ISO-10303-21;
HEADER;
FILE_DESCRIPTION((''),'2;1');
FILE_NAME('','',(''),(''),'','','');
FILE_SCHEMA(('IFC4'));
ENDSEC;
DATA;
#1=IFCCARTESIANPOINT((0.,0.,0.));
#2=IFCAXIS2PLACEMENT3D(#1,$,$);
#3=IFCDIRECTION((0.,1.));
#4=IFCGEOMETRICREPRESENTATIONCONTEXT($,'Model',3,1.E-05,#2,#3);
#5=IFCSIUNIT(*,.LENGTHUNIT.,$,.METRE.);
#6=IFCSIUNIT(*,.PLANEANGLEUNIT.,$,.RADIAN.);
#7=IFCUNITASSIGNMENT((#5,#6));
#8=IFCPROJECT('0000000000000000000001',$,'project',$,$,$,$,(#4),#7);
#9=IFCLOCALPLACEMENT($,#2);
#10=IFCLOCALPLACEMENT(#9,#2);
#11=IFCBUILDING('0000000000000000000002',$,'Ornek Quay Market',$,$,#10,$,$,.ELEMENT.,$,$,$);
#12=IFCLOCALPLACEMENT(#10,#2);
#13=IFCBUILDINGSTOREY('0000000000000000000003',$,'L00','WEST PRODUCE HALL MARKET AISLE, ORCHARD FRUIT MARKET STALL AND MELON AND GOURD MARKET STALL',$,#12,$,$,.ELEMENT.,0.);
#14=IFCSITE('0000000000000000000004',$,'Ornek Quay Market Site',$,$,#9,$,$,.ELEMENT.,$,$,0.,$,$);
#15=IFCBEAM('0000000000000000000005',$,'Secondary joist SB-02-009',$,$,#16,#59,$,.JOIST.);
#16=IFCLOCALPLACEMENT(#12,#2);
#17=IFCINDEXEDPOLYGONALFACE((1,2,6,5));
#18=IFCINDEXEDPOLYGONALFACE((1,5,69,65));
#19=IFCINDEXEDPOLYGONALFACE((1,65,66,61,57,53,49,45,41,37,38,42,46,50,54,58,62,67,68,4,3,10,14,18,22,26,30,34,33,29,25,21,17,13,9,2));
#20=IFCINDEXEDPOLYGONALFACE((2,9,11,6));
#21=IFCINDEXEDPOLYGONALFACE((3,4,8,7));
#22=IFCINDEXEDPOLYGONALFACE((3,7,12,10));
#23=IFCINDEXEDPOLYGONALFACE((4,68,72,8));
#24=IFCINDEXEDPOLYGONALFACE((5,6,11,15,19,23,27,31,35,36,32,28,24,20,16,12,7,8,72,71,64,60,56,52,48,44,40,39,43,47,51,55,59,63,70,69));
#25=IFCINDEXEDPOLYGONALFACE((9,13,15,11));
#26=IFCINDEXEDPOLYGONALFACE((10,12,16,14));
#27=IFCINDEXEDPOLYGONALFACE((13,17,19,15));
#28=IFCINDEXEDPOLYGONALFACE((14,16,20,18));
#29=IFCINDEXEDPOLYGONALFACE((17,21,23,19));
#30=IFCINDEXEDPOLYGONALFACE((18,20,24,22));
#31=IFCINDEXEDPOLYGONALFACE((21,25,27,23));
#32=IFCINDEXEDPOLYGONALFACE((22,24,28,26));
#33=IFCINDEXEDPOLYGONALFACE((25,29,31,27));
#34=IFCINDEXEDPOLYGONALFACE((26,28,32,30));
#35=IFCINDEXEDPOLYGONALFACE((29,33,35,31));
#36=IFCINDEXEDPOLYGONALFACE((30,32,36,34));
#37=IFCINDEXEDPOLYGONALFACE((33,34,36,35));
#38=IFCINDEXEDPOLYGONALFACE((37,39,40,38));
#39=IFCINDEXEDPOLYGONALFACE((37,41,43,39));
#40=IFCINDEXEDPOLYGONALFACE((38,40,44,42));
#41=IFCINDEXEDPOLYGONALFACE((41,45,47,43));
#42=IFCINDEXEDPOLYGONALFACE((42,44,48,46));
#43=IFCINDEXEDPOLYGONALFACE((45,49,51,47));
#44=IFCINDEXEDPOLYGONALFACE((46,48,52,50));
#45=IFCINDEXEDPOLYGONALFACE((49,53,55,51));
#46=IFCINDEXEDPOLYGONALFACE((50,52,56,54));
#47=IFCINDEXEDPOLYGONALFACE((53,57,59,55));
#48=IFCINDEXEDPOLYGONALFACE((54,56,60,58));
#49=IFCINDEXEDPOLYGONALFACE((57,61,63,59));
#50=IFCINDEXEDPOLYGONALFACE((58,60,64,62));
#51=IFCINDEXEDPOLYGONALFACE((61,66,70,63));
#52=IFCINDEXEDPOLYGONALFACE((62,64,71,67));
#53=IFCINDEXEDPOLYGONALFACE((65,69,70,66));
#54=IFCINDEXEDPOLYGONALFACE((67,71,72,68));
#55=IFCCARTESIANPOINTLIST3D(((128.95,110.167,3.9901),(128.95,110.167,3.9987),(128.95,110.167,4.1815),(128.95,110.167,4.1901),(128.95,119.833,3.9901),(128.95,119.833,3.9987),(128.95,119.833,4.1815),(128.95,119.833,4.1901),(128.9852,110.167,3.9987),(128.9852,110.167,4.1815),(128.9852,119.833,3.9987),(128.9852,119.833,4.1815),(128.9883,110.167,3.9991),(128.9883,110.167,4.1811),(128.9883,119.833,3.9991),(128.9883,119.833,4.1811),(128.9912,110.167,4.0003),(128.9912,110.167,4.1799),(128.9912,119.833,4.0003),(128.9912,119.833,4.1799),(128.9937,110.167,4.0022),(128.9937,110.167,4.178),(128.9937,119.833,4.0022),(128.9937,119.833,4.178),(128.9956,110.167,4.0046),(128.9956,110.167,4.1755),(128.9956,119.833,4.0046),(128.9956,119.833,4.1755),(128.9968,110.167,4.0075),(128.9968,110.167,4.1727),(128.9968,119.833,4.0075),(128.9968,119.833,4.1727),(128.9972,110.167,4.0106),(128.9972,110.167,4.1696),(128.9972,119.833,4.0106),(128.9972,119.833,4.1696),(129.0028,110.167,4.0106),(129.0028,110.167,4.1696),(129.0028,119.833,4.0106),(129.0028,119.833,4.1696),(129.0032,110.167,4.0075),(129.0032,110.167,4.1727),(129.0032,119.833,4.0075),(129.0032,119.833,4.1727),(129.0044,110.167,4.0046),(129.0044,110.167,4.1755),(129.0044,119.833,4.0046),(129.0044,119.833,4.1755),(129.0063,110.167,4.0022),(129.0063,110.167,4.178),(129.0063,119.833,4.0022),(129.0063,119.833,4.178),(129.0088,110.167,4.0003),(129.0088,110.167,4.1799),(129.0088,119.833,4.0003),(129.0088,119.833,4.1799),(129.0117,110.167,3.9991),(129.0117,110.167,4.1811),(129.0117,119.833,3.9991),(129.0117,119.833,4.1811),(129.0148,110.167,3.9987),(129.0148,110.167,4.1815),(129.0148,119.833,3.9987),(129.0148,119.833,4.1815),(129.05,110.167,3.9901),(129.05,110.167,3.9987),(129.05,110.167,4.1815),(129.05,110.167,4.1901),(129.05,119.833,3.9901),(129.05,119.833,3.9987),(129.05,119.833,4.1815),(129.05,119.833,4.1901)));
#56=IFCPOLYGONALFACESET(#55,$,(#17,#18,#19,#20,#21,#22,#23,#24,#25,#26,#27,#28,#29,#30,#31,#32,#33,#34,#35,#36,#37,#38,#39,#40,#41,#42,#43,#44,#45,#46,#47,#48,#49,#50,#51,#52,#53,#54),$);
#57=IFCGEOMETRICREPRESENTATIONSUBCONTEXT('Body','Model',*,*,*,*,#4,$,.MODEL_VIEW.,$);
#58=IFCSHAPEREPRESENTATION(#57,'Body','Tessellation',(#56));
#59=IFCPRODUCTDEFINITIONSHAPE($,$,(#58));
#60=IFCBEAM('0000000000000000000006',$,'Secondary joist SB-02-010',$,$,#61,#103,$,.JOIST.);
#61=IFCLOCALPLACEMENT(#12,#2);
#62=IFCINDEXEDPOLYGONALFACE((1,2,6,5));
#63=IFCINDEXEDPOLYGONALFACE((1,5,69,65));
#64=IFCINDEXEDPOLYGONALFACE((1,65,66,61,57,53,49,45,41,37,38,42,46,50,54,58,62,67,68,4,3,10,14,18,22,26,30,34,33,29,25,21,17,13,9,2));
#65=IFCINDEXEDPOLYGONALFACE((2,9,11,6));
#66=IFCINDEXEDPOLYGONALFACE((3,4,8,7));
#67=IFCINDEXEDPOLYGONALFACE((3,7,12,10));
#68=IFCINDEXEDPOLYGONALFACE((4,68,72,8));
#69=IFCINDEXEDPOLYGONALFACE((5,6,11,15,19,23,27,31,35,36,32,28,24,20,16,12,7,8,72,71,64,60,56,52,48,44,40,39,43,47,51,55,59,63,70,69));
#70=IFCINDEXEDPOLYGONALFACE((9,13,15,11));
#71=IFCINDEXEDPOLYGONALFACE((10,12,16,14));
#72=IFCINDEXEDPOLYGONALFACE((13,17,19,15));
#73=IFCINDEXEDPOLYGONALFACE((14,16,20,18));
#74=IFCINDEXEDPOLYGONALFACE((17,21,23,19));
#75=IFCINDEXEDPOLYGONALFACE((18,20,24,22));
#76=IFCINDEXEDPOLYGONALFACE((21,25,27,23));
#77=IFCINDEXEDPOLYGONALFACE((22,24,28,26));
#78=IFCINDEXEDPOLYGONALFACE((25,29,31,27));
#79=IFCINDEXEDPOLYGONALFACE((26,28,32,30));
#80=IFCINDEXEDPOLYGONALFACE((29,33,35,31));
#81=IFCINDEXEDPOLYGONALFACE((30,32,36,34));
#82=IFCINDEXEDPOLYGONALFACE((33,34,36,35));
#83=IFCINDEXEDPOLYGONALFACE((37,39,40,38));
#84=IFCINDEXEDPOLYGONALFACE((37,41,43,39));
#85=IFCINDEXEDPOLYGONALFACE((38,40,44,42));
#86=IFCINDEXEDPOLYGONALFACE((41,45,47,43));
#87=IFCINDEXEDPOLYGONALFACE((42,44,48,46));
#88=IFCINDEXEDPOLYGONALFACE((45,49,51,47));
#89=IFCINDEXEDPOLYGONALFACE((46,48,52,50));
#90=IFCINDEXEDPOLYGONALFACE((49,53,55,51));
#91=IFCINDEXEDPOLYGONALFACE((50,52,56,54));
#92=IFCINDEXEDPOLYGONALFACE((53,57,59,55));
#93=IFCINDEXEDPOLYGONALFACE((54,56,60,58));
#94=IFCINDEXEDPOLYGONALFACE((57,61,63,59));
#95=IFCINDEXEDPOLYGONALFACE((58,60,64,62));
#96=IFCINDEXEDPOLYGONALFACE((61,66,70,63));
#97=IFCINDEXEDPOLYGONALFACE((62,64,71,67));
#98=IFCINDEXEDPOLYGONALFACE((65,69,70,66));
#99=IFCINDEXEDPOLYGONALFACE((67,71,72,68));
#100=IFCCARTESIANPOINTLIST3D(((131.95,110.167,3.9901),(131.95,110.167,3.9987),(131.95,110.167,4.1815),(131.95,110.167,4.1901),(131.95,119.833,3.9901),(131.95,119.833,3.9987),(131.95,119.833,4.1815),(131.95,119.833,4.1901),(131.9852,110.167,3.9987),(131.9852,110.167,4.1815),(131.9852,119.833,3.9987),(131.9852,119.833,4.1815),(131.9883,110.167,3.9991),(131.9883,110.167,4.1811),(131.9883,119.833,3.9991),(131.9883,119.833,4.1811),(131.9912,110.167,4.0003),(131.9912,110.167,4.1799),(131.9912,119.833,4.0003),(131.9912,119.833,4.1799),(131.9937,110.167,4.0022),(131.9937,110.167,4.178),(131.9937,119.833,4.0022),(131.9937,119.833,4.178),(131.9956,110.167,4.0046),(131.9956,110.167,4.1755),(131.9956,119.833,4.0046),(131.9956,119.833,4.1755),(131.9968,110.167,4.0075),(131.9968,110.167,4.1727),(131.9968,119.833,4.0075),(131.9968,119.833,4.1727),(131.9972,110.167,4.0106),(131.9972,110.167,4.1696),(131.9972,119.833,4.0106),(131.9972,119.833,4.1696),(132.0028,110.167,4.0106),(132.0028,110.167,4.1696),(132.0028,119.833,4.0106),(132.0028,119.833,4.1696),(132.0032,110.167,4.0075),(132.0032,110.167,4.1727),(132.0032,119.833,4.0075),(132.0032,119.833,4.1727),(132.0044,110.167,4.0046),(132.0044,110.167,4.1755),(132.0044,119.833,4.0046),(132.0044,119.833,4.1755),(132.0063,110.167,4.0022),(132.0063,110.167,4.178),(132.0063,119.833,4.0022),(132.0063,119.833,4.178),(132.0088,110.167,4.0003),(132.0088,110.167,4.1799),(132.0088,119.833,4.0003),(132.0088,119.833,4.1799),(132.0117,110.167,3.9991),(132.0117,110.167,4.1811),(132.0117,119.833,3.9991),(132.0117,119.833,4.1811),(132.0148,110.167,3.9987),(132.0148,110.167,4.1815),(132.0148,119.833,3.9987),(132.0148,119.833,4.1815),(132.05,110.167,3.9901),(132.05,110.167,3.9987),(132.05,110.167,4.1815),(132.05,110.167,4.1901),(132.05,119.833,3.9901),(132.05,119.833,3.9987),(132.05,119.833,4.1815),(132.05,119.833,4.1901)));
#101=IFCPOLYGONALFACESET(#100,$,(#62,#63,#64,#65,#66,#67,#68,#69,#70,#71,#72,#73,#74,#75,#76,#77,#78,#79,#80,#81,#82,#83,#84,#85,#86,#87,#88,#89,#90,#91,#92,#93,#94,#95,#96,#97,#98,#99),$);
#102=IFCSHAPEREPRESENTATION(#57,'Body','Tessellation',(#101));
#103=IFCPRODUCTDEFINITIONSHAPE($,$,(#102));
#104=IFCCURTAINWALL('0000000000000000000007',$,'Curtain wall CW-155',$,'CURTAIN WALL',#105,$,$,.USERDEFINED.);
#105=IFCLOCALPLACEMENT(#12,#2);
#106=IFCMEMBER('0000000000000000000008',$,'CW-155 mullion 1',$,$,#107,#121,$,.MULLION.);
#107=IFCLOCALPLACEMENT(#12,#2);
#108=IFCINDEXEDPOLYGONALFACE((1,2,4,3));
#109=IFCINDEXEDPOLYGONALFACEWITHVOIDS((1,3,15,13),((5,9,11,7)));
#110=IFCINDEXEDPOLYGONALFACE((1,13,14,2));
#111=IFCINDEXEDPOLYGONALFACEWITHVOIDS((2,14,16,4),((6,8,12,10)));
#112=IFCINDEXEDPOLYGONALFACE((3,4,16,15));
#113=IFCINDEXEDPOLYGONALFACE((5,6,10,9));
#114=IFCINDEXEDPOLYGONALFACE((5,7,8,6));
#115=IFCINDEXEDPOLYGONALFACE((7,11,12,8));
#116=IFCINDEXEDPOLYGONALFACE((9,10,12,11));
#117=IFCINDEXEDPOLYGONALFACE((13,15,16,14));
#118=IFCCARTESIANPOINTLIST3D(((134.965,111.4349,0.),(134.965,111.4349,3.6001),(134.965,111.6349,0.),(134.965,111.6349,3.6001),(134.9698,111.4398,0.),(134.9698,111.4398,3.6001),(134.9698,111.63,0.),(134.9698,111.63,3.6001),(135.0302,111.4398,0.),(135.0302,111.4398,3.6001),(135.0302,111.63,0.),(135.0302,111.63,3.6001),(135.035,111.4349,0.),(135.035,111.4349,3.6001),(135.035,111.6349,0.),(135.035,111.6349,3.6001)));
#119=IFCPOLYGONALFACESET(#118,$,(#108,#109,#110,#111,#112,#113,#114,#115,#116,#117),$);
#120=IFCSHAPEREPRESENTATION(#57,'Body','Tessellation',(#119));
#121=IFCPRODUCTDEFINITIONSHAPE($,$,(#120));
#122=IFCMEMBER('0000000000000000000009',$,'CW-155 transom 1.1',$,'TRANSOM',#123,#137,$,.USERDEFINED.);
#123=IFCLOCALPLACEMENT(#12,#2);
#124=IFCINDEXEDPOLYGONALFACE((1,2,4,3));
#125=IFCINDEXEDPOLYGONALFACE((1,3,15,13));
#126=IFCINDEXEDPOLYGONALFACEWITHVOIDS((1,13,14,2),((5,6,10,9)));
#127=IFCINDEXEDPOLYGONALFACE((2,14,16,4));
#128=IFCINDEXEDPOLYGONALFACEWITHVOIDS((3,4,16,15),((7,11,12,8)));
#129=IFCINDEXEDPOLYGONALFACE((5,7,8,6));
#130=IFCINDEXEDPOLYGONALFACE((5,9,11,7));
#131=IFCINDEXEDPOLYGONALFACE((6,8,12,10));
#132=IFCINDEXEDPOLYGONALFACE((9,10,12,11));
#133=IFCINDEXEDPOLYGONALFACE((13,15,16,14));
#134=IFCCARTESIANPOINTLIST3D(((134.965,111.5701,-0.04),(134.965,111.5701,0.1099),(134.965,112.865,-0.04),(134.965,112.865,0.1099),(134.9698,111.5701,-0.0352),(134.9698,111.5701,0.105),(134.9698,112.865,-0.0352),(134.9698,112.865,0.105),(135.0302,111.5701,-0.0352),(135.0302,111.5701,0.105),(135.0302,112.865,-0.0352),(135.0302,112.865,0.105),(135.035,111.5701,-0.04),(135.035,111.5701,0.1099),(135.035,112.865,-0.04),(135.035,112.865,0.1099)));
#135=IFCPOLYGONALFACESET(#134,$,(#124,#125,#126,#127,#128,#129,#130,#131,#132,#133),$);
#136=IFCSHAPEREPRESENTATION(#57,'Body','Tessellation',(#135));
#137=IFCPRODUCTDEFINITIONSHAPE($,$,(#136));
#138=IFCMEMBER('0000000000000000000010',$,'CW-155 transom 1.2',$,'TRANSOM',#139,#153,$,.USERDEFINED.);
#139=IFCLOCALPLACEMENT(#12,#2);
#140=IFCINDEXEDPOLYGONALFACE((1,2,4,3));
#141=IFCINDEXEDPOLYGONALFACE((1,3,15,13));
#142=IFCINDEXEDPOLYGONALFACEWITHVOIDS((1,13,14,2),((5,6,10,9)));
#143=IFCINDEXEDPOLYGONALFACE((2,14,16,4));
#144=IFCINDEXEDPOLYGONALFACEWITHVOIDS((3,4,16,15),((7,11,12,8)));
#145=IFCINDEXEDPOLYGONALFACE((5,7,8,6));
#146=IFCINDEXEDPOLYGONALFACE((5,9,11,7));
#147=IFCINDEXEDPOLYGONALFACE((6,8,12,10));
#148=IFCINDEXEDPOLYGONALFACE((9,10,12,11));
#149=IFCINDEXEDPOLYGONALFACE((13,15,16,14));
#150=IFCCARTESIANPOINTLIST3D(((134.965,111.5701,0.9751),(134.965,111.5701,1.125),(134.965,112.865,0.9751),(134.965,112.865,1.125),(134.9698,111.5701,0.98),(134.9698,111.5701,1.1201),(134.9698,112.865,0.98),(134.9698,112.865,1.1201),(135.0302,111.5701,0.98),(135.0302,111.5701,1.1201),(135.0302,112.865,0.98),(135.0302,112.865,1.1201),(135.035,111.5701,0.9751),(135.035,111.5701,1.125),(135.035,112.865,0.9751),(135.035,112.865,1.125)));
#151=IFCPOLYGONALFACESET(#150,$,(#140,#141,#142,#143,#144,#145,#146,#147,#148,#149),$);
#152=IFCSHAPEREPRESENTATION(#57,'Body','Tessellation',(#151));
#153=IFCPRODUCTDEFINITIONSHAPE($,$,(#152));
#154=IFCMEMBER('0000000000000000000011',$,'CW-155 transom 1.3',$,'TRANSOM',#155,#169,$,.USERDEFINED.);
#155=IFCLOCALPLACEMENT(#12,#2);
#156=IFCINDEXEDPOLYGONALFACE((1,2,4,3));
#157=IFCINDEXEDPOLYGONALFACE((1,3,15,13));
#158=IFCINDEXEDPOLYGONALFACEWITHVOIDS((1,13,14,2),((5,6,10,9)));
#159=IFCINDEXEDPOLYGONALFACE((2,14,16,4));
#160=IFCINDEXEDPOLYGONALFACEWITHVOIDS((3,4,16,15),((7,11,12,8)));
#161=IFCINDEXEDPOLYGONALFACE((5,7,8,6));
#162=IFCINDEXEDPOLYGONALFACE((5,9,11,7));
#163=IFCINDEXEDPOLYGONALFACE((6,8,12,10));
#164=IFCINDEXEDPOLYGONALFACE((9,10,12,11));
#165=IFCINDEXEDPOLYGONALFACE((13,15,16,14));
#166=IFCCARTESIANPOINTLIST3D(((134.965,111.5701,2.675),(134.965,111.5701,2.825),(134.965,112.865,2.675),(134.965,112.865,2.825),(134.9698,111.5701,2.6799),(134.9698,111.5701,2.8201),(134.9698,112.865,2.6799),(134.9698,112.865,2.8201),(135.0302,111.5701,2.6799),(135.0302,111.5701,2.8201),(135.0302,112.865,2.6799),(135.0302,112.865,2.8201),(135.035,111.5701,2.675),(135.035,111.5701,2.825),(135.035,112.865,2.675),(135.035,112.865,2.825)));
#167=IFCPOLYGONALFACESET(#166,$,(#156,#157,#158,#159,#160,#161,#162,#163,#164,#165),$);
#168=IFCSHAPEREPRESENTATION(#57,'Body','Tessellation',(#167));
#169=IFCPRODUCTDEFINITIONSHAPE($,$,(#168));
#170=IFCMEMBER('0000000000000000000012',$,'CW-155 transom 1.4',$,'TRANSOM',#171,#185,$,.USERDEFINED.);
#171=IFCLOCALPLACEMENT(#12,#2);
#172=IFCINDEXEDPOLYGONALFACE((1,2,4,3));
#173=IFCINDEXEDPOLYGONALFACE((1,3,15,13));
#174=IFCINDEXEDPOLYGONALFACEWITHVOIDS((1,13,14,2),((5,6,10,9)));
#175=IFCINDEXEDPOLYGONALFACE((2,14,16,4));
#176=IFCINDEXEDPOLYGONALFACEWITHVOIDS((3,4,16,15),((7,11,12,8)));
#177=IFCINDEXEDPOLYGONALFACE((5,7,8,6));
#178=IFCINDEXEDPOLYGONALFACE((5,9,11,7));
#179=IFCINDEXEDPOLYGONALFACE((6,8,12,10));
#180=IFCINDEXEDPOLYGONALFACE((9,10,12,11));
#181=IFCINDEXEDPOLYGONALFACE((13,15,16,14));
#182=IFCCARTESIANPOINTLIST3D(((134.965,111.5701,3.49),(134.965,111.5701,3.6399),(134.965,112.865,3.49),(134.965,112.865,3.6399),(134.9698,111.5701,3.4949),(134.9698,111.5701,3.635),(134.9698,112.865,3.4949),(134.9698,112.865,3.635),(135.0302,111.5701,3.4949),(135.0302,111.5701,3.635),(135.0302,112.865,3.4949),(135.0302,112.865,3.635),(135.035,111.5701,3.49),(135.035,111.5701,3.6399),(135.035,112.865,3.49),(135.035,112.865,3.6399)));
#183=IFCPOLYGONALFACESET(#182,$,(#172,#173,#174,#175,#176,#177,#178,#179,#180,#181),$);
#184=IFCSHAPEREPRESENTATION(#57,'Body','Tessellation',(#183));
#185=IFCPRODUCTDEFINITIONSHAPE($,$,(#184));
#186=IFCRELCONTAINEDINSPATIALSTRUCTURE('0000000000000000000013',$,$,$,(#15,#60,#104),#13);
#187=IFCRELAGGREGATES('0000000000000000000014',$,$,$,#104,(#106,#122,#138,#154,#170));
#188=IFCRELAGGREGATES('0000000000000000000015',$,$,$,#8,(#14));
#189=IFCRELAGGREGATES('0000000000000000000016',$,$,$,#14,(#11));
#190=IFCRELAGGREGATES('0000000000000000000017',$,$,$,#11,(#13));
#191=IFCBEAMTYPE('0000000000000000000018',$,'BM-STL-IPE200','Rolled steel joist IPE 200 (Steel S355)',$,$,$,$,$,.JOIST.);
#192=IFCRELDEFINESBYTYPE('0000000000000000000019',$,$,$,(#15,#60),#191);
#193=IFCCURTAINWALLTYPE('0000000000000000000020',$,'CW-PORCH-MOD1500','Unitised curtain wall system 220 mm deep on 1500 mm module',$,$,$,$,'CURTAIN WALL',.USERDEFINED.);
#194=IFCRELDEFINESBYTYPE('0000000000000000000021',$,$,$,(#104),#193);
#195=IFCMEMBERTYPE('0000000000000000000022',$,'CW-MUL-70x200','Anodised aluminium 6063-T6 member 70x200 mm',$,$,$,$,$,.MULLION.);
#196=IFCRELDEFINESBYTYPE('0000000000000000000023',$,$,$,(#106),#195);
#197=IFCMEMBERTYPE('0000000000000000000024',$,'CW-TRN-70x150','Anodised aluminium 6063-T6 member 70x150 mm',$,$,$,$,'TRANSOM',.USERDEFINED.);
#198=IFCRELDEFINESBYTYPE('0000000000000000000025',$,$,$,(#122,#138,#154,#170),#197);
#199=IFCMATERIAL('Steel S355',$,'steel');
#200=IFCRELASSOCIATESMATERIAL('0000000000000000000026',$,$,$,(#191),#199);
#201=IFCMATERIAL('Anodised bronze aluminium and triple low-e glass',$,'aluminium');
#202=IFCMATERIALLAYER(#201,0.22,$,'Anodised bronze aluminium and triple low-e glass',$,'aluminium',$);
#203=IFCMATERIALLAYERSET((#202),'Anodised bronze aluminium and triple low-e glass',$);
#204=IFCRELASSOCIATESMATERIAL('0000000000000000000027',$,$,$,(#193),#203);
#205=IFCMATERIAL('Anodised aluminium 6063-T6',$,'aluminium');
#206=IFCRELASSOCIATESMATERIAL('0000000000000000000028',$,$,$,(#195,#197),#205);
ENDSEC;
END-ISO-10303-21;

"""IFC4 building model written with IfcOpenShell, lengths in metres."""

from ifc_helpers import new_model, si_unit, direction, frame, origin, origin_2d, place, context, subcontext, project, spatial, hollow_rectangle, i_section, extrude, material, layer, layer_set, material_profile, profile_set, type_object, element, aggregate, save


model = new_model("IFC4")

# Units and contexts
model_context = context("Model", 3, precision=1e-05, world=origin(), true_north=direction((0.0, 1.0)))
body_context = subcontext(model_context, "Body", "Model", "MODEL_VIEW")
ifc_project = project(units=[si_unit("LENGTHUNIT", "METRE"), si_unit("PLANEANGLEUNIT", "RADIAN")], contexts=[model_context])

# Site, building, storey
site_placement = place(None, origin())
site = spatial("IfcSite", under=ifc_project, at=site_placement, Name="Ornek Quay Market Site", CompositionType="ELEMENT", RefElevation=0.0)
building_placement = place(site_placement, origin())
building = spatial("IfcBuilding", under=site, at=building_placement, Name="Ornek Quay Market", CompositionType="ELEMENT")
storey_placement = place(building_placement, origin())
storey = spatial("IfcBuildingStorey", under=building, at=storey_placement, Name="L00", Description="WEST PRODUCE HALL MARKET AISLE, ORCHARD FRUIT MARKET STALL AND MELON AND GOURD MARKET STALL", CompositionType="ELEMENT", Elevation=0.0)

# Shared definitions
ifc_material_1 = material(Name="Steel S355", Category="steel")

# Beams
ifc_material_profile_1 = material_profile(ifc_material_1, i_section(OverallWidth=0.1001, OverallDepth=0.2, WebThickness=0.0056, FlangeThickness=0.0085, FilletRadius=0.012, at=origin_2d()), Name="IPE 200", Category="steel")
ifc_profile_set_1 = profile_set([ifc_material_profile_1], Name="Steel S355")
beam_type_1 = type_object("IfcBeamType", Name="BM-STL-IPE200", Description="Rolled steel joist IPE 200 (Steel S355)", PredefinedType="JOIST", material=ifc_profile_set_1)
for number, where, z_axis, x_axis, name in (
    (1, (129.0, 110.167, 4.0901), (0.0, 1.0, 0.0), (-1.0, 0.0, 0.0), "Secondary joist SB-02-009"),
    (2, (132.0, 110.167, 4.0901), (0.0, 1.0, 0.0), (-1.0, 0.0, 0.0), "Secondary joist SB-02-010"),
):
    element("IfcBeam", number, at=place(storey_placement, frame(where, z_axis=z_axis, x_axis=x_axis)), inside=storey, type_object=beam_type_1, Name=name, PredefinedType="JOIST", context=body_context, shape_type="SweptSolid", body=[
        extrude(i_section(OverallWidth=0.1001, OverallDepth=0.2, WebThickness=0.0056, FlangeThickness=0.0085, FilletRadius=0.012, at=origin_2d()), origin(), (0.0, 0.0, 1.0), 9.666),
    ])

# Curtain wall, members
ifc_material_2 = material(Name="Anodised bronze aluminium and triple low-e glass", Category="aluminium")
ifc_layer_1 = layer(ifc_material_2, 0.22, Name="Anodised bronze aluminium and triple low-e glass", Category="aluminium")
ifc_layer_set_1 = layer_set([ifc_layer_1], Name="Anodised bronze aluminium and triple low-e glass")
curtain_wall_type = type_object("IfcCurtainWallType", Name="CW-PORCH-MOD1500", Description="Unitised curtain wall system 220 mm deep on 1500 mm module", ElementType="CURTAIN WALL", PredefinedType="USERDEFINED", material=ifc_layer_set_1)
curtain_wall_placement = place(storey_placement, origin())
curtain_wall = element("IfcCurtainWall", 3, at=curtain_wall_placement, inside=storey, type_object=curtain_wall_type, Name="Curtain wall CW-155", ObjectType="CURTAIN WALL", PredefinedType="USERDEFINED")
ifc_material_3 = material(Name="Anodised aluminium 6063-T6", Category="aluminium")
ifc_material_profile_2 = material_profile(ifc_material_3, hollow_rectangle(XDim=0.0701, YDim=0.2, WallThickness=0.0049, at=origin_2d()), Name="CW-MUL-70x200", Category="aluminium")
ifc_profile_set_2 = profile_set([ifc_material_profile_2], Name="Anodised aluminium 6063-T6")
member_type_1 = type_object("IfcMemberType", Name="CW-MUL-70x200", Description="Anodised aluminium 6063-T6 member 70x200 mm", PredefinedType="MULLION", material=ifc_profile_set_2)
member_1_placement = place(storey_placement, frame((135.0, 111.5349, 0.0), z_axis=(0.0, 0.0, 1.0), x_axis=(-1.0, 0.0, 0.0)))
member_1 = element("IfcMember", 4, at=member_1_placement, type_object=member_type_1, Name="CW-155 mullion 1", PredefinedType="MULLION", context=body_context, shape_type="SweptSolid", body=[
    extrude(hollow_rectangle(XDim=0.0701, YDim=0.2, WallThickness=0.0049, at=origin_2d()), origin(), (0.0, 0.0, 1.0), 3.6001),
])
ifc_material_profile_3 = material_profile(ifc_material_3, hollow_rectangle(XDim=0.0701, YDim=0.1499, WallThickness=0.0049, at=origin_2d()), Name="CW-TRN-70x150", Category="aluminium")
ifc_profile_set_3 = profile_set([ifc_material_profile_3], Name="Anodised aluminium 6063-T6")
member_type_2 = type_object("IfcMemberType", Name="CW-TRN-70x150", Description="Anodised aluminium 6063-T6 member 70x150 mm", ElementType="TRANSOM", PredefinedType="USERDEFINED", material=ifc_profile_set_3)
member_2_placement = place(storey_placement, frame((135.0, 111.5701, 0.0349), z_axis=(0.0, 1.0, 0.0), x_axis=(-1.0, 0.0, 0.0)))
member_2 = element("IfcMember", 5, at=member_2_placement, type_object=member_type_2, Name="CW-155 transom 1.1", ObjectType="TRANSOM", PredefinedType="USERDEFINED", context=body_context, shape_type="SweptSolid", body=[
    extrude(hollow_rectangle(XDim=0.0701, YDim=0.1499, WallThickness=0.0049, at=origin_2d()), origin(), (0.0, 0.0, 1.0), 1.2949),
])
member_3_placement = place(storey_placement, frame((135.0, 111.5701, 1.05), z_axis=(0.0, 1.0, 0.0), x_axis=(-1.0, 0.0, 0.0)))
member_3 = element("IfcMember", 6, at=member_3_placement, type_object=member_type_2, Name="CW-155 transom 1.2", ObjectType="TRANSOM", PredefinedType="USERDEFINED", context=body_context, shape_type="SweptSolid", body=[
    extrude(hollow_rectangle(XDim=0.0701, YDim=0.1499, WallThickness=0.0049, at=origin_2d()), origin(), (0.0, 0.0, 1.0), 1.2949),
])
member_4_placement = place(storey_placement, frame((135.0, 111.5701, 2.75), z_axis=(0.0, 1.0, 0.0), x_axis=(-1.0, 0.0, 0.0)))
member_4 = element("IfcMember", 7, at=member_4_placement, type_object=member_type_2, Name="CW-155 transom 1.3", ObjectType="TRANSOM", PredefinedType="USERDEFINED", context=body_context, shape_type="SweptSolid", body=[
    extrude(hollow_rectangle(XDim=0.0701, YDim=0.1499, WallThickness=0.0049, at=origin_2d()), origin(), (0.0, 0.0, 1.0), 1.2949),
])
member_5_placement = place(storey_placement, frame((135.0, 111.5701, 3.5649), z_axis=(0.0, 1.0, 0.0), x_axis=(-1.0, 0.0, 0.0)))
member_5 = element("IfcMember", 8, at=member_5_placement, type_object=member_type_2, Name="CW-155 transom 1.4", ObjectType="TRANSOM", PredefinedType="USERDEFINED", context=body_context, shape_type="SweptSolid", body=[
    extrude(hollow_rectangle(XDim=0.0701, YDim=0.1499, WallThickness=0.0049, at=origin_2d()), origin(), (0.0, 0.0, 1.0), 1.2949),
])

aggregate(curtain_wall, [member_1, member_2, member_3, member_4, member_5])

save(model, "model.ifc")
